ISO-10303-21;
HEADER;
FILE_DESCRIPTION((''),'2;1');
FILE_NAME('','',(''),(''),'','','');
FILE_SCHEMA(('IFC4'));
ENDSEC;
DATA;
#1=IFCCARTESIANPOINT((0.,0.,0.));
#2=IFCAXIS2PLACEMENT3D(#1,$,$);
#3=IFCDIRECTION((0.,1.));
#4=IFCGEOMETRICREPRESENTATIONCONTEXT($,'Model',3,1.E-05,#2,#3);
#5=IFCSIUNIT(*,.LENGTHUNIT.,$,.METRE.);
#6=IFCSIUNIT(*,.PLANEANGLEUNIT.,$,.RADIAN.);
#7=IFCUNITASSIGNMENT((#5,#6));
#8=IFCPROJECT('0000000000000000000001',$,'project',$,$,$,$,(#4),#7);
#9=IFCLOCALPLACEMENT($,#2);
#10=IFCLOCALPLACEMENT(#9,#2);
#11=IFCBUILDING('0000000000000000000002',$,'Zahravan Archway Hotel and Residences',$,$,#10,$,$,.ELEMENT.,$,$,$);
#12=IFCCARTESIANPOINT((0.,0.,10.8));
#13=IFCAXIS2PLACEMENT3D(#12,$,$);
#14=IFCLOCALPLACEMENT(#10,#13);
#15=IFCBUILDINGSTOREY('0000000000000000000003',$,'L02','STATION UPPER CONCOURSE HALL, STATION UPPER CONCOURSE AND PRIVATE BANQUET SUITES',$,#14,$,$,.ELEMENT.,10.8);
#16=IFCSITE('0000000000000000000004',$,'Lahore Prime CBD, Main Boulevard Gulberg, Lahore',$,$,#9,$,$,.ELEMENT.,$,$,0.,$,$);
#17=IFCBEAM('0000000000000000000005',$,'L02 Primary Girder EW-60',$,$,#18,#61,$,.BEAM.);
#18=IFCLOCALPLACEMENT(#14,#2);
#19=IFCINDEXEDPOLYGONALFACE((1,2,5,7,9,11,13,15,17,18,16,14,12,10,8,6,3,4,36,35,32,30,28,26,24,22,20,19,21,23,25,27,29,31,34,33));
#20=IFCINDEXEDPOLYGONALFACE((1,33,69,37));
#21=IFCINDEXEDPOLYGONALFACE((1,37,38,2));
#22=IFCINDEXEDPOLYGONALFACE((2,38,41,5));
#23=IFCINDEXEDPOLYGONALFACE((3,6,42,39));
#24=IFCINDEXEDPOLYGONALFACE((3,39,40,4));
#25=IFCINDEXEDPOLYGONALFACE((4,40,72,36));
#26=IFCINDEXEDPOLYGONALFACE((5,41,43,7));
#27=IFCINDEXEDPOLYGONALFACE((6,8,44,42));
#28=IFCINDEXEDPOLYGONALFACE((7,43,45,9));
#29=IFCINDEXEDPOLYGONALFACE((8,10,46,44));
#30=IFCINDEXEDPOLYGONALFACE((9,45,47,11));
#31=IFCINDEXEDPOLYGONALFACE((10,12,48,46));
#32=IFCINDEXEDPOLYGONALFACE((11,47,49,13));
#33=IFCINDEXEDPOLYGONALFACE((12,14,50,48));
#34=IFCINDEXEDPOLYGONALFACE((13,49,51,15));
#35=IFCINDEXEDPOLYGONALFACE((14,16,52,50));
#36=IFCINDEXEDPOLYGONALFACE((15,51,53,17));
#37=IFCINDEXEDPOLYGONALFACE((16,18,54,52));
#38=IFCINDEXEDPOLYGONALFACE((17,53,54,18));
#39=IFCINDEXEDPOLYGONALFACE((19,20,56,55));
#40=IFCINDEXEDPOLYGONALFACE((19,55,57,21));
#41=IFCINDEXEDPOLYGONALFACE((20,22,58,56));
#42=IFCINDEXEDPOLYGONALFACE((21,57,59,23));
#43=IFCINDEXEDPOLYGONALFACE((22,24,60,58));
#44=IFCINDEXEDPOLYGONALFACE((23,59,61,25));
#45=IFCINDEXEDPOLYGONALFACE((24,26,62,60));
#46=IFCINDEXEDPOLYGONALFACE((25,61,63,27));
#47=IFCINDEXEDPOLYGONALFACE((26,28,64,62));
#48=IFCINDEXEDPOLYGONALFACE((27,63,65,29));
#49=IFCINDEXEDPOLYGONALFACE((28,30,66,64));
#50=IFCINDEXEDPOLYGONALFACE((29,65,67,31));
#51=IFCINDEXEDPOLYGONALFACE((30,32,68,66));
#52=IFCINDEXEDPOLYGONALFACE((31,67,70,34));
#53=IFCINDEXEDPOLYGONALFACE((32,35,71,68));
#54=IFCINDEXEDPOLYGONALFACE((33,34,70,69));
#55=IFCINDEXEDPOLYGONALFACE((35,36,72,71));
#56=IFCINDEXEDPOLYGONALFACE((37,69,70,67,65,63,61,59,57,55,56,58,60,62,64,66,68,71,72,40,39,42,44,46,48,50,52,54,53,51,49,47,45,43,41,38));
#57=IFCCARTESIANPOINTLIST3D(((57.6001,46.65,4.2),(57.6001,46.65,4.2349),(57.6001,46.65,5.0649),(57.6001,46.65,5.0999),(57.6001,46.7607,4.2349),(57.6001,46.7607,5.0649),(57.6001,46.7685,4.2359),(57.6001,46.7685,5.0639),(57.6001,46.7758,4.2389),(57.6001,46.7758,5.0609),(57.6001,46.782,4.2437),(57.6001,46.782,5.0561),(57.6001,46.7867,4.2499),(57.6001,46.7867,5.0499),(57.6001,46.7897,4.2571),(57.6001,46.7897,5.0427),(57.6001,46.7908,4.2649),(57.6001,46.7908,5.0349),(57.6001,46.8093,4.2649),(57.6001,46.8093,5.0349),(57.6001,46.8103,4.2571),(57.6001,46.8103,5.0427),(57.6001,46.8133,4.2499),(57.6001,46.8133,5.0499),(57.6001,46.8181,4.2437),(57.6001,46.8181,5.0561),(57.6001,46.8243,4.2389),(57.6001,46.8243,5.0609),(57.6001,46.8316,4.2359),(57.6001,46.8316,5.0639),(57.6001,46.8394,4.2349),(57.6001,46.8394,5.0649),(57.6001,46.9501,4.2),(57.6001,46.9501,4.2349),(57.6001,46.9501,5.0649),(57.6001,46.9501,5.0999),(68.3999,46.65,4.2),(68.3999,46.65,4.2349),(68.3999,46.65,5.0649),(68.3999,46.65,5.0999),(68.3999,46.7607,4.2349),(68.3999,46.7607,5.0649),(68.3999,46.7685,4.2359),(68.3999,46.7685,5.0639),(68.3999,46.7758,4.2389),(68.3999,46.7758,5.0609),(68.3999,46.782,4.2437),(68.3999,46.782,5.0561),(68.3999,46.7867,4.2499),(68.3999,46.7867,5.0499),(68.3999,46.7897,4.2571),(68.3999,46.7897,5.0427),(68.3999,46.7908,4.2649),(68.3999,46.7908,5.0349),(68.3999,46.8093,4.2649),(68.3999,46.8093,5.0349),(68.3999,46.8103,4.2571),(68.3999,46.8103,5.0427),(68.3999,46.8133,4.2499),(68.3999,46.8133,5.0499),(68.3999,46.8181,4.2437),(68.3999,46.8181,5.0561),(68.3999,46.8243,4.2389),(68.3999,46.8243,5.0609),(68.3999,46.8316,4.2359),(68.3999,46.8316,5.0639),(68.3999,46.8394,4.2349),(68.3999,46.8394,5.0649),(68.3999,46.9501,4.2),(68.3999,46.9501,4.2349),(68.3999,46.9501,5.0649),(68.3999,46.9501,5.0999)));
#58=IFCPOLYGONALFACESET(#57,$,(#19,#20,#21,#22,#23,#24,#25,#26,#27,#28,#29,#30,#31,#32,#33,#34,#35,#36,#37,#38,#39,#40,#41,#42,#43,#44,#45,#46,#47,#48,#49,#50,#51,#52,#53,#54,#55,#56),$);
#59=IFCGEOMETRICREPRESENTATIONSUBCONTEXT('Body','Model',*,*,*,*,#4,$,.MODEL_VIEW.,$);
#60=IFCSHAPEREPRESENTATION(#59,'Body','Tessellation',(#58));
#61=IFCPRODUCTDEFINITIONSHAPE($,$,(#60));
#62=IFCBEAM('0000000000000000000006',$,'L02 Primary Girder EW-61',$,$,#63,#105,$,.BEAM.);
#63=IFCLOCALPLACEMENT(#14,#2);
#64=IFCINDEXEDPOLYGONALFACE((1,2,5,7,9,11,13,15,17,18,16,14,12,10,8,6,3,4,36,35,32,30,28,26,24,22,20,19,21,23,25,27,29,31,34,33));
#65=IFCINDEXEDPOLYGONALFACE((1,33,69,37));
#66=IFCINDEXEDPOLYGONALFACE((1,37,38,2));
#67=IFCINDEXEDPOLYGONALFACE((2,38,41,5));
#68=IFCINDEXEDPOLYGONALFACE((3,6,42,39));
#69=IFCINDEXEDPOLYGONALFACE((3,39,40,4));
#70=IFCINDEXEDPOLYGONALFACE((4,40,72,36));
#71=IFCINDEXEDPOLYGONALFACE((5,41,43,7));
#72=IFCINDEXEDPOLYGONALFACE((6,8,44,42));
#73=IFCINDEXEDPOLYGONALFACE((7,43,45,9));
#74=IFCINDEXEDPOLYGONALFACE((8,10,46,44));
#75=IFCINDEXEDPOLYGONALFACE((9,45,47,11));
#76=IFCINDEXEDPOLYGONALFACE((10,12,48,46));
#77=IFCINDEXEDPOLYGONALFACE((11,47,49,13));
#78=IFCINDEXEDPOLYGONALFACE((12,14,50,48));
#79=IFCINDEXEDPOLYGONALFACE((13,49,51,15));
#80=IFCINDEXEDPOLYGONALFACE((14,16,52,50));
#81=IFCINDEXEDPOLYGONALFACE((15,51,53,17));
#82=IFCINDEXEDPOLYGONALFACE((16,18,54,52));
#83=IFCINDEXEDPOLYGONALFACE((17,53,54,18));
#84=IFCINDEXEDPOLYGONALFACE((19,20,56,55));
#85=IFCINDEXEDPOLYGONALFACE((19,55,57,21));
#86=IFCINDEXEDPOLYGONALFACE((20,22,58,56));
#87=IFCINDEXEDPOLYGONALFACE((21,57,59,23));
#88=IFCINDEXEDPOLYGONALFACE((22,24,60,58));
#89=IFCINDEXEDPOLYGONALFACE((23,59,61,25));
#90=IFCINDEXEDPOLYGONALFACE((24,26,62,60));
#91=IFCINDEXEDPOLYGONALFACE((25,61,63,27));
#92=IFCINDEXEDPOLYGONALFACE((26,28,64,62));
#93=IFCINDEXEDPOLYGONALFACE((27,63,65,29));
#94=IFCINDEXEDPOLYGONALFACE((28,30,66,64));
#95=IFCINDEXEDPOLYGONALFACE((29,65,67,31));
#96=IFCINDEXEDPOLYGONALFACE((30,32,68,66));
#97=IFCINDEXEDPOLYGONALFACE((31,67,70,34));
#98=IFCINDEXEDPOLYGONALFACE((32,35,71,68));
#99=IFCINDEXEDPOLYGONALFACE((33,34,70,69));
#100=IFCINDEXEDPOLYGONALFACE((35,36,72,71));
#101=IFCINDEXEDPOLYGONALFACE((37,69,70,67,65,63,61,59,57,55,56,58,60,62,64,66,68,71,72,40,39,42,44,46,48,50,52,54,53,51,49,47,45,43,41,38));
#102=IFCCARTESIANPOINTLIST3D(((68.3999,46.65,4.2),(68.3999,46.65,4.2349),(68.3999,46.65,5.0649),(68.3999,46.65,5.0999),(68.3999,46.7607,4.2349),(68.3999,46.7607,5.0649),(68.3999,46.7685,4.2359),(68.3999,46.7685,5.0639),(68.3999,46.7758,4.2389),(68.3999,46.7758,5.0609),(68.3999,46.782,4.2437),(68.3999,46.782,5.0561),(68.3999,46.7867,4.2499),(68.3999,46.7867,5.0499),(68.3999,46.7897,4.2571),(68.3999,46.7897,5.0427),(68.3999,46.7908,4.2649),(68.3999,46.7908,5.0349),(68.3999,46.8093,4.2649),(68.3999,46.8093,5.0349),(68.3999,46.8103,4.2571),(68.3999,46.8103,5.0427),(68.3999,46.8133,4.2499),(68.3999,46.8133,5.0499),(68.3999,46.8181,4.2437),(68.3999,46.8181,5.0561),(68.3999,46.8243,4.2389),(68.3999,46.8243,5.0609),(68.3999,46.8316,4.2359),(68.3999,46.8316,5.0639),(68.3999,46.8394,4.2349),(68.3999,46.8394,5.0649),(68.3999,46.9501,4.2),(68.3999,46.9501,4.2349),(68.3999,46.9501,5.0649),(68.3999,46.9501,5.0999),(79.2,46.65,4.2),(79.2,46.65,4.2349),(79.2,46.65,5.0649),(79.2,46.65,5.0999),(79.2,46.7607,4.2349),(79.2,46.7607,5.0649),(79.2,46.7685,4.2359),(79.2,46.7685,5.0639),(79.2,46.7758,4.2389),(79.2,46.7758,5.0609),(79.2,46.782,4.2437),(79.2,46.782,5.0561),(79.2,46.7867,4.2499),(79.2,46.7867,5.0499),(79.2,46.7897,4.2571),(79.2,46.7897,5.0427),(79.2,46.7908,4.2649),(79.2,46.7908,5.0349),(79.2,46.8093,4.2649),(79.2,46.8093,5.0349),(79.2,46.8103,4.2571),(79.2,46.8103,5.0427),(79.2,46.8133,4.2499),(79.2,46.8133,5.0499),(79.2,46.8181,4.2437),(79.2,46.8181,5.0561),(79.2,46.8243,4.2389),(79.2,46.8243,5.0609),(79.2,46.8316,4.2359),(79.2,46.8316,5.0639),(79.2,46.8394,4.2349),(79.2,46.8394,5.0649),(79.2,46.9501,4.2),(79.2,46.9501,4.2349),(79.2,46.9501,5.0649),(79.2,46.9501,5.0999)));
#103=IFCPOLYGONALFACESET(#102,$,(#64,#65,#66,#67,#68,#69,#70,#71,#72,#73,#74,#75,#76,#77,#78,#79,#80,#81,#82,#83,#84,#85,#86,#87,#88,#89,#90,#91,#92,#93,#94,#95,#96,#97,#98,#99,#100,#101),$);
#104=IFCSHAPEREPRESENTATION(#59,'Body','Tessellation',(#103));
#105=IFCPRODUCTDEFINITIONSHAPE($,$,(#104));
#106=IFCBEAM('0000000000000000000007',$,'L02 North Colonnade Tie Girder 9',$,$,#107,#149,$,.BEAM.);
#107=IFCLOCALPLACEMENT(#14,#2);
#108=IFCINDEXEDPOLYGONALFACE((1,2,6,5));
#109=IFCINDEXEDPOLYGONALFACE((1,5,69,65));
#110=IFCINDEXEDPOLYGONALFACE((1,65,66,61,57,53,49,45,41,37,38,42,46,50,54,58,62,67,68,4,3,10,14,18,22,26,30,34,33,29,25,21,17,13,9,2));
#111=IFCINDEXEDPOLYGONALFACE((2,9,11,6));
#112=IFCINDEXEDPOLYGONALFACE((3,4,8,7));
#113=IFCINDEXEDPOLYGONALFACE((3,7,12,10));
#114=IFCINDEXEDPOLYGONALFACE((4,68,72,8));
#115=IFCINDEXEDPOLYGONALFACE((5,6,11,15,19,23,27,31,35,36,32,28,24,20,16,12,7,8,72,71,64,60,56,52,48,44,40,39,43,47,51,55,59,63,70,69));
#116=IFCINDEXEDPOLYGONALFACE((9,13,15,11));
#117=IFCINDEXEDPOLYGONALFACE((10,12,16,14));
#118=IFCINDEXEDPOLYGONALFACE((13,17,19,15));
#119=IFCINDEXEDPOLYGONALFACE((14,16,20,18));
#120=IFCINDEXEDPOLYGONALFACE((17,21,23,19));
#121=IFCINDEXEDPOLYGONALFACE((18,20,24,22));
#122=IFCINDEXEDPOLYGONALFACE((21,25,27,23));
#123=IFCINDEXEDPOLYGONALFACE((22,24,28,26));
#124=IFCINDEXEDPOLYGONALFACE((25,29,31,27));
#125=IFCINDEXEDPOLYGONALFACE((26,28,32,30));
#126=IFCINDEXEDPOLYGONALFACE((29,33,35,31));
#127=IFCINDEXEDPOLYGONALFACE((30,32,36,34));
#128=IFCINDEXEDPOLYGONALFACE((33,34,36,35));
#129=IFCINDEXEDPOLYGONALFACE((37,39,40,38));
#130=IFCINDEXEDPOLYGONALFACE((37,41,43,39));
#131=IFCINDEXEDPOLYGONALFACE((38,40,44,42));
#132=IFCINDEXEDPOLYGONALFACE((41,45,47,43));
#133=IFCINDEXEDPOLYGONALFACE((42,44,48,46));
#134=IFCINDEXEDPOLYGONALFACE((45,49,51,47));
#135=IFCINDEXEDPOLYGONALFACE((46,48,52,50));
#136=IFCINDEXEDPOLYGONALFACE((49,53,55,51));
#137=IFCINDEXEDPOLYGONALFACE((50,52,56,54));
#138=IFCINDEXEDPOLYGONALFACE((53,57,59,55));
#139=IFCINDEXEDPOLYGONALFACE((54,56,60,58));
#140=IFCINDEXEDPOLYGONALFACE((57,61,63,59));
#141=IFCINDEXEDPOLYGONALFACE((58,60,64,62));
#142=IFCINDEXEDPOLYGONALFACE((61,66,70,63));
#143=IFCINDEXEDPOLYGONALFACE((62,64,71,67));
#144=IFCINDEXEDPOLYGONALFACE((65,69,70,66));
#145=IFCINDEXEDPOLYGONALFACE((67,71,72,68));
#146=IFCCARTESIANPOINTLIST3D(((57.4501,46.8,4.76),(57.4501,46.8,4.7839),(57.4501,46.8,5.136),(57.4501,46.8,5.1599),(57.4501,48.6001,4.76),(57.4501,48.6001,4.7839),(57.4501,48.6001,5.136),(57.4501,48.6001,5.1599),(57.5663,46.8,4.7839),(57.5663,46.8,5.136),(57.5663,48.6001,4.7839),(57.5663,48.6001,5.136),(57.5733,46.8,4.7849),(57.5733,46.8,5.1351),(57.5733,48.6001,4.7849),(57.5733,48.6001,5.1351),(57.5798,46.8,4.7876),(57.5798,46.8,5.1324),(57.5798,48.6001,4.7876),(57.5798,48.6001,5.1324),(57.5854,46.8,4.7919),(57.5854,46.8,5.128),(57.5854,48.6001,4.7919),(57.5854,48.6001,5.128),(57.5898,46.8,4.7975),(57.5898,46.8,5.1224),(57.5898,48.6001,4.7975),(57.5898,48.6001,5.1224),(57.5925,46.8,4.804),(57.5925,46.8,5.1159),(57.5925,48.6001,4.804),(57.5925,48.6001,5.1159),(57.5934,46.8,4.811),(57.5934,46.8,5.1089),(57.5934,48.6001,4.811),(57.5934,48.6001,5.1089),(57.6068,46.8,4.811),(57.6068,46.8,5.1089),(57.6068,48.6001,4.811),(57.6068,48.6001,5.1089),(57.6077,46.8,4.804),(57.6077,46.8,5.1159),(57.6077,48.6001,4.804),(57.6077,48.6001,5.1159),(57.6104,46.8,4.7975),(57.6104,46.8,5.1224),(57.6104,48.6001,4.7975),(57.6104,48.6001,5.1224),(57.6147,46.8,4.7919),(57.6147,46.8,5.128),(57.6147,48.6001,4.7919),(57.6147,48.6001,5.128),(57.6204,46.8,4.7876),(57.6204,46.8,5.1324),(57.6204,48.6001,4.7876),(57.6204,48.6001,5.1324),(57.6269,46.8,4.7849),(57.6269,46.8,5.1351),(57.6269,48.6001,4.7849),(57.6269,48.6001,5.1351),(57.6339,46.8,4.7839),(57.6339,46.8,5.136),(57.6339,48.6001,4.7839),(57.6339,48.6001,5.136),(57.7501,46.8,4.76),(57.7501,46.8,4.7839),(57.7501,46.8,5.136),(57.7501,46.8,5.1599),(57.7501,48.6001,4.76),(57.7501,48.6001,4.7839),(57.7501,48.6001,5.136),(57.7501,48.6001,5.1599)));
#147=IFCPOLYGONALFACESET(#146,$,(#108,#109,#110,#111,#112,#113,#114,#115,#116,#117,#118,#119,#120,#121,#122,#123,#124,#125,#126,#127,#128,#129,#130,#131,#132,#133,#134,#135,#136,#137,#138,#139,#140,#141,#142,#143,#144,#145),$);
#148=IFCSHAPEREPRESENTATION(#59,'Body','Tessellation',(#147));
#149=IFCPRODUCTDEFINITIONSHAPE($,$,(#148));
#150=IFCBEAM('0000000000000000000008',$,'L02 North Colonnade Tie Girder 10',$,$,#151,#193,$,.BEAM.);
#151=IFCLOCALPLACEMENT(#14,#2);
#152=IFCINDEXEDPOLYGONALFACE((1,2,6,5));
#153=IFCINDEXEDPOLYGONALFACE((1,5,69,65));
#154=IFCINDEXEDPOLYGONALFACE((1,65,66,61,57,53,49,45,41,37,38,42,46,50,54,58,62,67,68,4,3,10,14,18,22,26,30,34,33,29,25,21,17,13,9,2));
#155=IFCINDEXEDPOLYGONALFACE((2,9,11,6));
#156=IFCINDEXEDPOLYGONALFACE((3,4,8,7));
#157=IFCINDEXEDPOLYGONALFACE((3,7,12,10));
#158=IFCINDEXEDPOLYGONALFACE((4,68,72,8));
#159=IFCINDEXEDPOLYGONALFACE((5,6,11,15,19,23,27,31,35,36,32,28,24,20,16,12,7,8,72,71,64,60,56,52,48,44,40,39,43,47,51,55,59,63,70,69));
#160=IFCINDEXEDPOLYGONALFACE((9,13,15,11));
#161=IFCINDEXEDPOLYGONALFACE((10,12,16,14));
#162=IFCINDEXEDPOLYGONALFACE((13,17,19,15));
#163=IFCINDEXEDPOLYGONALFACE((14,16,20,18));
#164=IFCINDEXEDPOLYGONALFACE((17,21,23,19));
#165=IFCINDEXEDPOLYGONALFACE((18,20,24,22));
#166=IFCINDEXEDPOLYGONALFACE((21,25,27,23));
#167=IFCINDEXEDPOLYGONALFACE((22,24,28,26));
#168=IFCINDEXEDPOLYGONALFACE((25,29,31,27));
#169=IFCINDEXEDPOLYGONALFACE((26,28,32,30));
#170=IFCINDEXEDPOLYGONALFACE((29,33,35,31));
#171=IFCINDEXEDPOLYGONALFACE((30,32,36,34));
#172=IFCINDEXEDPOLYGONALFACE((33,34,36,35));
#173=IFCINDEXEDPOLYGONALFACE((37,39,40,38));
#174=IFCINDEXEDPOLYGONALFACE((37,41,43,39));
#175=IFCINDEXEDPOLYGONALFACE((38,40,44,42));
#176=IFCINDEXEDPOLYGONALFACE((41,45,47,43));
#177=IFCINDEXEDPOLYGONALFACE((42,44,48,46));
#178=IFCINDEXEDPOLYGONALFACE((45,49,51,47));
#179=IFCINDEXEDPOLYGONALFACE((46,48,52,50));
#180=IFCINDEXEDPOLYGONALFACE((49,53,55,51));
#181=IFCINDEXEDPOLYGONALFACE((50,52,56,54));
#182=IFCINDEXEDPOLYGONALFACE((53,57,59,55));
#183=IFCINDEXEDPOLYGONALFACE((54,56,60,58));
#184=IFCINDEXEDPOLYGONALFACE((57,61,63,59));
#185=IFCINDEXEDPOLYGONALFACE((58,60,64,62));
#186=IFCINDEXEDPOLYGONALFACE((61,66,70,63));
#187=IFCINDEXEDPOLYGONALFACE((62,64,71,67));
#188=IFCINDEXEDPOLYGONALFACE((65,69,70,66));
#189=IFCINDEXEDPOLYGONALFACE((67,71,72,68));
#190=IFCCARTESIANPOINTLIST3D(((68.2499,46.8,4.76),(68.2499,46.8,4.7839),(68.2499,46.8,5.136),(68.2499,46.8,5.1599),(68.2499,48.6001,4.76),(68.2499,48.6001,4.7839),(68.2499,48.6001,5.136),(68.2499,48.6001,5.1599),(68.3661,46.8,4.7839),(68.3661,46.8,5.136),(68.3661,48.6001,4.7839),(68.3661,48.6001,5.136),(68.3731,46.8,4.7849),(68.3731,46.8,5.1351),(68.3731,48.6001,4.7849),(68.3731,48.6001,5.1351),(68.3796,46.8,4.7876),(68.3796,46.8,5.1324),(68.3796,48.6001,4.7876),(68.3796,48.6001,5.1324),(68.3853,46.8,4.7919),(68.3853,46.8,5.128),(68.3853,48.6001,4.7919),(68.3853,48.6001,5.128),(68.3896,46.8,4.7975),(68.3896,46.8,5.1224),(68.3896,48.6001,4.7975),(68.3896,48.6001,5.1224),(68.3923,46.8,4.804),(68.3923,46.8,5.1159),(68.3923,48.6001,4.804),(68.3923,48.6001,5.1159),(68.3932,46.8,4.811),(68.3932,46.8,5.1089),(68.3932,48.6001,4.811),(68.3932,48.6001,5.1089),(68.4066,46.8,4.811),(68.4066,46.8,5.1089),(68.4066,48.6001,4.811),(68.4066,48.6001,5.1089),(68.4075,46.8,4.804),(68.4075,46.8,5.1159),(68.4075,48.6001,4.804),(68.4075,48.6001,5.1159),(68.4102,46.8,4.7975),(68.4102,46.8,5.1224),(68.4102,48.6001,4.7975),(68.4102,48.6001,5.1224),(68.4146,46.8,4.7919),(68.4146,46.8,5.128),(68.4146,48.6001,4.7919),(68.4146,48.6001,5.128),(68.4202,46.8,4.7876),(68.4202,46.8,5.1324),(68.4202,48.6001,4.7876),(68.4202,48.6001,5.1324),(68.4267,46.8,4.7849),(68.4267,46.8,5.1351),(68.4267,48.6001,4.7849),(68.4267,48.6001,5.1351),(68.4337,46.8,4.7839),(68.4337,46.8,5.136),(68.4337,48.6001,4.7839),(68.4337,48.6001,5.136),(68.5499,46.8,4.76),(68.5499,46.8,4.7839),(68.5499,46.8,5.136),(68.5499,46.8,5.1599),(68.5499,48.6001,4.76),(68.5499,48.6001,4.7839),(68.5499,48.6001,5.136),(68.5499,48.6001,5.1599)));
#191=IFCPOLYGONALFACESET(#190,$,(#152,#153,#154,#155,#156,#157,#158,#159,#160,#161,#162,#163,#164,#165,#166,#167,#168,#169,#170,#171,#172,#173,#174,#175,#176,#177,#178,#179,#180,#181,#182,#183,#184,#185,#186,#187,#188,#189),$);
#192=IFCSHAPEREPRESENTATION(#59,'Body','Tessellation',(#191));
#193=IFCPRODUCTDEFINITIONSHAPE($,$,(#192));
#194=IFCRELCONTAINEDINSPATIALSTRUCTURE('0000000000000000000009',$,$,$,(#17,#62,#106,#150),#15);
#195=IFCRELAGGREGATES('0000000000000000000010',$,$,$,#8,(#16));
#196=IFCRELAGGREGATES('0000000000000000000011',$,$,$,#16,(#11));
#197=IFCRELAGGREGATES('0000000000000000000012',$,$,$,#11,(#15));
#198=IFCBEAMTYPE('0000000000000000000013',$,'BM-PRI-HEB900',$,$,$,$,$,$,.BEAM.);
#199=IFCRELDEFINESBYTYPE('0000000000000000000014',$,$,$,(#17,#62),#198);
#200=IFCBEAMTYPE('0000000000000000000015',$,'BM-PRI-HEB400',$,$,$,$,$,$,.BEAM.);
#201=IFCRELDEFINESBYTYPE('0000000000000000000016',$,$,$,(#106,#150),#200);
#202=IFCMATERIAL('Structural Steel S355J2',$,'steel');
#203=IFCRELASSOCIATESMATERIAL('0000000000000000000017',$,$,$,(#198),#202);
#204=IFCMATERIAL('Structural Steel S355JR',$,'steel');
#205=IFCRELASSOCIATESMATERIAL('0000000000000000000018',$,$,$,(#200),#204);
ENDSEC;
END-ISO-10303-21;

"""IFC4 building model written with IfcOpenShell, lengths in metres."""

from ifc_helpers import new_model, si_unit, direction, frame, origin, origin_2d, place, context, subcontext, project, spatial, i_section, extrude, source, transform, mapped, material, material_profile, profile_set, type_object, element, save


model = new_model("IFC4")

# Units and contexts
model_context = context("Model", 3, precision=1e-05, world=origin(), true_north=direction((0.0, 1.0)))
body_context = subcontext(model_context, "Body", "Model", "MODEL_VIEW")
ifc_project = project(units=[si_unit("LENGTHUNIT", "METRE"), si_unit("PLANEANGLEUNIT", "RADIAN")], contexts=[model_context])

# Site, building, storey
site_placement = place(None, origin())
site = spatial("IfcSite", under=ifc_project, at=site_placement, Name="Lahore Prime CBD, Main Boulevard Gulberg, Lahore", CompositionType="ELEMENT", RefElevation=0.0)
building_placement = place(site_placement, origin())
building = spatial("IfcBuilding", under=site, at=building_placement, Name="Zahravan Archway Hotel and Residences", CompositionType="ELEMENT")
storey_placement = place(building_placement, frame((0.0, 0.0, 10.8)))
storey = spatial("IfcBuildingStorey", under=building, at=storey_placement, Name="L02", Description="STATION UPPER CONCOURSE HALL, STATION UPPER CONCOURSE AND PRIVATE BANQUET SUITES", CompositionType="ELEMENT", Elevation=10.8)

# Beams
ifc_material_1 = material(Name="Structural Steel S355J2", Category="steel")
ifc_material_profile_1 = material_profile(ifc_material_1, i_section(OverallWidth=0.3, OverallDepth=0.8999, WebThickness=0.0186, FlangeThickness=0.0349, FilletRadius=0.03, at=origin_2d()), Name="HEB 900", Category="steel")
ifc_profile_set_1 = profile_set([ifc_material_profile_1], Name="Structural Steel S355J2")
beam_type_1 = type_object("IfcBeamType", Name="BM-PRI-HEB900", PredefinedType="BEAM", material=ifc_profile_set_1)
shared_shape_1 = source(origin(), body_context, "Body", "SweptSolid", [
    extrude(i_section(OverallWidth=0.3, OverallDepth=0.8999, WebThickness=0.0186, FlangeThickness=0.0349, FilletRadius=0.03, at=origin_2d()), origin(), (0.0, 0.0, 1.0), 10.7998),
])
beam_1_placement = place(storey_placement, frame((57.6001, 46.8, 4.6499), z_axis=(1.0, 0.0, 0.0), x_axis=(0.0, 1.0, 0.0)))
element("IfcBeam", 1, at=beam_1_placement, inside=storey, type_object=beam_type_1, Name="L02 Primary Girder EW-60", PredefinedType="BEAM", context=body_context, shape_type="MappedRepresentation", body=[
    mapped(shared_shape_1, transform((0.0, 0.0, 0.0), scale=1.0)),
])
shared_shape_2 = source(origin(), body_context, "Body", "SweptSolid", [
    extrude(i_section(OverallWidth=0.3, OverallDepth=0.8999, WebThickness=0.0186, FlangeThickness=0.0349, FilletRadius=0.03, at=origin_2d()), origin(), (0.0, 0.0, 1.0), 10.8),
])
beam_2_placement = place(storey_placement, frame((68.3999, 46.8, 4.6499), z_axis=(1.0, 0.0, 0.0), x_axis=(0.0, 1.0, 0.0)))
element("IfcBeam", 2, at=beam_2_placement, inside=storey, type_object=beam_type_1, Name="L02 Primary Girder EW-61", PredefinedType="BEAM", context=body_context, shape_type="MappedRepresentation", body=[
    mapped(shared_shape_2, transform((0.0, 0.0, 0.0), scale=1.0)),
])
ifc_material_2 = material(Name="Structural Steel S355JR", Category="steel")
ifc_material_profile_2 = material_profile(ifc_material_2, i_section(OverallWidth=0.3, OverallDepth=0.3999, WebThickness=0.0134, FlangeThickness=0.0239, FilletRadius=0.0271, at=origin_2d()), Name="HEB 400", Category="steel")
ifc_profile_set_2 = profile_set([ifc_material_profile_2], Name="Structural Steel S355JR")
beam_type_2 = type_object("IfcBeamType", Name="BM-PRI-HEB400", PredefinedType="BEAM", material=ifc_profile_set_2)
shared_shape_3 = source(origin(), body_context, "Body", "SweptSolid", [
    extrude(i_section(OverallWidth=0.3, OverallDepth=0.3999, WebThickness=0.0134, FlangeThickness=0.0239, FilletRadius=0.0271, at=origin_2d()), origin(), (0.0, 0.0, 1.0), 1.8),
])
for number, where, z_axis, x_axis, name in (
    (3, (57.6001, 46.8, 4.96), (0.0, 1.0, 0.0), (-1.0, 0.0, 0.0), "L02 North Colonnade Tie Girder 9"),
    (4, (68.3999, 46.8, 4.96), (0.0, 1.0, 0.0), (-1.0, 0.0, 0.0), "L02 North Colonnade Tie Girder 10"),
):
    element("IfcBeam", number, at=place(storey_placement, frame(where, z_axis=z_axis, x_axis=x_axis)), inside=storey, type_object=beam_type_2, Name=name, PredefinedType="BEAM", context=body_context, shape_type="MappedRepresentation", body=[
        mapped(shared_shape_3, transform((0.0, 0.0, 0.0), scale=1.0)),
    ])

save(model, "model.ifc")
